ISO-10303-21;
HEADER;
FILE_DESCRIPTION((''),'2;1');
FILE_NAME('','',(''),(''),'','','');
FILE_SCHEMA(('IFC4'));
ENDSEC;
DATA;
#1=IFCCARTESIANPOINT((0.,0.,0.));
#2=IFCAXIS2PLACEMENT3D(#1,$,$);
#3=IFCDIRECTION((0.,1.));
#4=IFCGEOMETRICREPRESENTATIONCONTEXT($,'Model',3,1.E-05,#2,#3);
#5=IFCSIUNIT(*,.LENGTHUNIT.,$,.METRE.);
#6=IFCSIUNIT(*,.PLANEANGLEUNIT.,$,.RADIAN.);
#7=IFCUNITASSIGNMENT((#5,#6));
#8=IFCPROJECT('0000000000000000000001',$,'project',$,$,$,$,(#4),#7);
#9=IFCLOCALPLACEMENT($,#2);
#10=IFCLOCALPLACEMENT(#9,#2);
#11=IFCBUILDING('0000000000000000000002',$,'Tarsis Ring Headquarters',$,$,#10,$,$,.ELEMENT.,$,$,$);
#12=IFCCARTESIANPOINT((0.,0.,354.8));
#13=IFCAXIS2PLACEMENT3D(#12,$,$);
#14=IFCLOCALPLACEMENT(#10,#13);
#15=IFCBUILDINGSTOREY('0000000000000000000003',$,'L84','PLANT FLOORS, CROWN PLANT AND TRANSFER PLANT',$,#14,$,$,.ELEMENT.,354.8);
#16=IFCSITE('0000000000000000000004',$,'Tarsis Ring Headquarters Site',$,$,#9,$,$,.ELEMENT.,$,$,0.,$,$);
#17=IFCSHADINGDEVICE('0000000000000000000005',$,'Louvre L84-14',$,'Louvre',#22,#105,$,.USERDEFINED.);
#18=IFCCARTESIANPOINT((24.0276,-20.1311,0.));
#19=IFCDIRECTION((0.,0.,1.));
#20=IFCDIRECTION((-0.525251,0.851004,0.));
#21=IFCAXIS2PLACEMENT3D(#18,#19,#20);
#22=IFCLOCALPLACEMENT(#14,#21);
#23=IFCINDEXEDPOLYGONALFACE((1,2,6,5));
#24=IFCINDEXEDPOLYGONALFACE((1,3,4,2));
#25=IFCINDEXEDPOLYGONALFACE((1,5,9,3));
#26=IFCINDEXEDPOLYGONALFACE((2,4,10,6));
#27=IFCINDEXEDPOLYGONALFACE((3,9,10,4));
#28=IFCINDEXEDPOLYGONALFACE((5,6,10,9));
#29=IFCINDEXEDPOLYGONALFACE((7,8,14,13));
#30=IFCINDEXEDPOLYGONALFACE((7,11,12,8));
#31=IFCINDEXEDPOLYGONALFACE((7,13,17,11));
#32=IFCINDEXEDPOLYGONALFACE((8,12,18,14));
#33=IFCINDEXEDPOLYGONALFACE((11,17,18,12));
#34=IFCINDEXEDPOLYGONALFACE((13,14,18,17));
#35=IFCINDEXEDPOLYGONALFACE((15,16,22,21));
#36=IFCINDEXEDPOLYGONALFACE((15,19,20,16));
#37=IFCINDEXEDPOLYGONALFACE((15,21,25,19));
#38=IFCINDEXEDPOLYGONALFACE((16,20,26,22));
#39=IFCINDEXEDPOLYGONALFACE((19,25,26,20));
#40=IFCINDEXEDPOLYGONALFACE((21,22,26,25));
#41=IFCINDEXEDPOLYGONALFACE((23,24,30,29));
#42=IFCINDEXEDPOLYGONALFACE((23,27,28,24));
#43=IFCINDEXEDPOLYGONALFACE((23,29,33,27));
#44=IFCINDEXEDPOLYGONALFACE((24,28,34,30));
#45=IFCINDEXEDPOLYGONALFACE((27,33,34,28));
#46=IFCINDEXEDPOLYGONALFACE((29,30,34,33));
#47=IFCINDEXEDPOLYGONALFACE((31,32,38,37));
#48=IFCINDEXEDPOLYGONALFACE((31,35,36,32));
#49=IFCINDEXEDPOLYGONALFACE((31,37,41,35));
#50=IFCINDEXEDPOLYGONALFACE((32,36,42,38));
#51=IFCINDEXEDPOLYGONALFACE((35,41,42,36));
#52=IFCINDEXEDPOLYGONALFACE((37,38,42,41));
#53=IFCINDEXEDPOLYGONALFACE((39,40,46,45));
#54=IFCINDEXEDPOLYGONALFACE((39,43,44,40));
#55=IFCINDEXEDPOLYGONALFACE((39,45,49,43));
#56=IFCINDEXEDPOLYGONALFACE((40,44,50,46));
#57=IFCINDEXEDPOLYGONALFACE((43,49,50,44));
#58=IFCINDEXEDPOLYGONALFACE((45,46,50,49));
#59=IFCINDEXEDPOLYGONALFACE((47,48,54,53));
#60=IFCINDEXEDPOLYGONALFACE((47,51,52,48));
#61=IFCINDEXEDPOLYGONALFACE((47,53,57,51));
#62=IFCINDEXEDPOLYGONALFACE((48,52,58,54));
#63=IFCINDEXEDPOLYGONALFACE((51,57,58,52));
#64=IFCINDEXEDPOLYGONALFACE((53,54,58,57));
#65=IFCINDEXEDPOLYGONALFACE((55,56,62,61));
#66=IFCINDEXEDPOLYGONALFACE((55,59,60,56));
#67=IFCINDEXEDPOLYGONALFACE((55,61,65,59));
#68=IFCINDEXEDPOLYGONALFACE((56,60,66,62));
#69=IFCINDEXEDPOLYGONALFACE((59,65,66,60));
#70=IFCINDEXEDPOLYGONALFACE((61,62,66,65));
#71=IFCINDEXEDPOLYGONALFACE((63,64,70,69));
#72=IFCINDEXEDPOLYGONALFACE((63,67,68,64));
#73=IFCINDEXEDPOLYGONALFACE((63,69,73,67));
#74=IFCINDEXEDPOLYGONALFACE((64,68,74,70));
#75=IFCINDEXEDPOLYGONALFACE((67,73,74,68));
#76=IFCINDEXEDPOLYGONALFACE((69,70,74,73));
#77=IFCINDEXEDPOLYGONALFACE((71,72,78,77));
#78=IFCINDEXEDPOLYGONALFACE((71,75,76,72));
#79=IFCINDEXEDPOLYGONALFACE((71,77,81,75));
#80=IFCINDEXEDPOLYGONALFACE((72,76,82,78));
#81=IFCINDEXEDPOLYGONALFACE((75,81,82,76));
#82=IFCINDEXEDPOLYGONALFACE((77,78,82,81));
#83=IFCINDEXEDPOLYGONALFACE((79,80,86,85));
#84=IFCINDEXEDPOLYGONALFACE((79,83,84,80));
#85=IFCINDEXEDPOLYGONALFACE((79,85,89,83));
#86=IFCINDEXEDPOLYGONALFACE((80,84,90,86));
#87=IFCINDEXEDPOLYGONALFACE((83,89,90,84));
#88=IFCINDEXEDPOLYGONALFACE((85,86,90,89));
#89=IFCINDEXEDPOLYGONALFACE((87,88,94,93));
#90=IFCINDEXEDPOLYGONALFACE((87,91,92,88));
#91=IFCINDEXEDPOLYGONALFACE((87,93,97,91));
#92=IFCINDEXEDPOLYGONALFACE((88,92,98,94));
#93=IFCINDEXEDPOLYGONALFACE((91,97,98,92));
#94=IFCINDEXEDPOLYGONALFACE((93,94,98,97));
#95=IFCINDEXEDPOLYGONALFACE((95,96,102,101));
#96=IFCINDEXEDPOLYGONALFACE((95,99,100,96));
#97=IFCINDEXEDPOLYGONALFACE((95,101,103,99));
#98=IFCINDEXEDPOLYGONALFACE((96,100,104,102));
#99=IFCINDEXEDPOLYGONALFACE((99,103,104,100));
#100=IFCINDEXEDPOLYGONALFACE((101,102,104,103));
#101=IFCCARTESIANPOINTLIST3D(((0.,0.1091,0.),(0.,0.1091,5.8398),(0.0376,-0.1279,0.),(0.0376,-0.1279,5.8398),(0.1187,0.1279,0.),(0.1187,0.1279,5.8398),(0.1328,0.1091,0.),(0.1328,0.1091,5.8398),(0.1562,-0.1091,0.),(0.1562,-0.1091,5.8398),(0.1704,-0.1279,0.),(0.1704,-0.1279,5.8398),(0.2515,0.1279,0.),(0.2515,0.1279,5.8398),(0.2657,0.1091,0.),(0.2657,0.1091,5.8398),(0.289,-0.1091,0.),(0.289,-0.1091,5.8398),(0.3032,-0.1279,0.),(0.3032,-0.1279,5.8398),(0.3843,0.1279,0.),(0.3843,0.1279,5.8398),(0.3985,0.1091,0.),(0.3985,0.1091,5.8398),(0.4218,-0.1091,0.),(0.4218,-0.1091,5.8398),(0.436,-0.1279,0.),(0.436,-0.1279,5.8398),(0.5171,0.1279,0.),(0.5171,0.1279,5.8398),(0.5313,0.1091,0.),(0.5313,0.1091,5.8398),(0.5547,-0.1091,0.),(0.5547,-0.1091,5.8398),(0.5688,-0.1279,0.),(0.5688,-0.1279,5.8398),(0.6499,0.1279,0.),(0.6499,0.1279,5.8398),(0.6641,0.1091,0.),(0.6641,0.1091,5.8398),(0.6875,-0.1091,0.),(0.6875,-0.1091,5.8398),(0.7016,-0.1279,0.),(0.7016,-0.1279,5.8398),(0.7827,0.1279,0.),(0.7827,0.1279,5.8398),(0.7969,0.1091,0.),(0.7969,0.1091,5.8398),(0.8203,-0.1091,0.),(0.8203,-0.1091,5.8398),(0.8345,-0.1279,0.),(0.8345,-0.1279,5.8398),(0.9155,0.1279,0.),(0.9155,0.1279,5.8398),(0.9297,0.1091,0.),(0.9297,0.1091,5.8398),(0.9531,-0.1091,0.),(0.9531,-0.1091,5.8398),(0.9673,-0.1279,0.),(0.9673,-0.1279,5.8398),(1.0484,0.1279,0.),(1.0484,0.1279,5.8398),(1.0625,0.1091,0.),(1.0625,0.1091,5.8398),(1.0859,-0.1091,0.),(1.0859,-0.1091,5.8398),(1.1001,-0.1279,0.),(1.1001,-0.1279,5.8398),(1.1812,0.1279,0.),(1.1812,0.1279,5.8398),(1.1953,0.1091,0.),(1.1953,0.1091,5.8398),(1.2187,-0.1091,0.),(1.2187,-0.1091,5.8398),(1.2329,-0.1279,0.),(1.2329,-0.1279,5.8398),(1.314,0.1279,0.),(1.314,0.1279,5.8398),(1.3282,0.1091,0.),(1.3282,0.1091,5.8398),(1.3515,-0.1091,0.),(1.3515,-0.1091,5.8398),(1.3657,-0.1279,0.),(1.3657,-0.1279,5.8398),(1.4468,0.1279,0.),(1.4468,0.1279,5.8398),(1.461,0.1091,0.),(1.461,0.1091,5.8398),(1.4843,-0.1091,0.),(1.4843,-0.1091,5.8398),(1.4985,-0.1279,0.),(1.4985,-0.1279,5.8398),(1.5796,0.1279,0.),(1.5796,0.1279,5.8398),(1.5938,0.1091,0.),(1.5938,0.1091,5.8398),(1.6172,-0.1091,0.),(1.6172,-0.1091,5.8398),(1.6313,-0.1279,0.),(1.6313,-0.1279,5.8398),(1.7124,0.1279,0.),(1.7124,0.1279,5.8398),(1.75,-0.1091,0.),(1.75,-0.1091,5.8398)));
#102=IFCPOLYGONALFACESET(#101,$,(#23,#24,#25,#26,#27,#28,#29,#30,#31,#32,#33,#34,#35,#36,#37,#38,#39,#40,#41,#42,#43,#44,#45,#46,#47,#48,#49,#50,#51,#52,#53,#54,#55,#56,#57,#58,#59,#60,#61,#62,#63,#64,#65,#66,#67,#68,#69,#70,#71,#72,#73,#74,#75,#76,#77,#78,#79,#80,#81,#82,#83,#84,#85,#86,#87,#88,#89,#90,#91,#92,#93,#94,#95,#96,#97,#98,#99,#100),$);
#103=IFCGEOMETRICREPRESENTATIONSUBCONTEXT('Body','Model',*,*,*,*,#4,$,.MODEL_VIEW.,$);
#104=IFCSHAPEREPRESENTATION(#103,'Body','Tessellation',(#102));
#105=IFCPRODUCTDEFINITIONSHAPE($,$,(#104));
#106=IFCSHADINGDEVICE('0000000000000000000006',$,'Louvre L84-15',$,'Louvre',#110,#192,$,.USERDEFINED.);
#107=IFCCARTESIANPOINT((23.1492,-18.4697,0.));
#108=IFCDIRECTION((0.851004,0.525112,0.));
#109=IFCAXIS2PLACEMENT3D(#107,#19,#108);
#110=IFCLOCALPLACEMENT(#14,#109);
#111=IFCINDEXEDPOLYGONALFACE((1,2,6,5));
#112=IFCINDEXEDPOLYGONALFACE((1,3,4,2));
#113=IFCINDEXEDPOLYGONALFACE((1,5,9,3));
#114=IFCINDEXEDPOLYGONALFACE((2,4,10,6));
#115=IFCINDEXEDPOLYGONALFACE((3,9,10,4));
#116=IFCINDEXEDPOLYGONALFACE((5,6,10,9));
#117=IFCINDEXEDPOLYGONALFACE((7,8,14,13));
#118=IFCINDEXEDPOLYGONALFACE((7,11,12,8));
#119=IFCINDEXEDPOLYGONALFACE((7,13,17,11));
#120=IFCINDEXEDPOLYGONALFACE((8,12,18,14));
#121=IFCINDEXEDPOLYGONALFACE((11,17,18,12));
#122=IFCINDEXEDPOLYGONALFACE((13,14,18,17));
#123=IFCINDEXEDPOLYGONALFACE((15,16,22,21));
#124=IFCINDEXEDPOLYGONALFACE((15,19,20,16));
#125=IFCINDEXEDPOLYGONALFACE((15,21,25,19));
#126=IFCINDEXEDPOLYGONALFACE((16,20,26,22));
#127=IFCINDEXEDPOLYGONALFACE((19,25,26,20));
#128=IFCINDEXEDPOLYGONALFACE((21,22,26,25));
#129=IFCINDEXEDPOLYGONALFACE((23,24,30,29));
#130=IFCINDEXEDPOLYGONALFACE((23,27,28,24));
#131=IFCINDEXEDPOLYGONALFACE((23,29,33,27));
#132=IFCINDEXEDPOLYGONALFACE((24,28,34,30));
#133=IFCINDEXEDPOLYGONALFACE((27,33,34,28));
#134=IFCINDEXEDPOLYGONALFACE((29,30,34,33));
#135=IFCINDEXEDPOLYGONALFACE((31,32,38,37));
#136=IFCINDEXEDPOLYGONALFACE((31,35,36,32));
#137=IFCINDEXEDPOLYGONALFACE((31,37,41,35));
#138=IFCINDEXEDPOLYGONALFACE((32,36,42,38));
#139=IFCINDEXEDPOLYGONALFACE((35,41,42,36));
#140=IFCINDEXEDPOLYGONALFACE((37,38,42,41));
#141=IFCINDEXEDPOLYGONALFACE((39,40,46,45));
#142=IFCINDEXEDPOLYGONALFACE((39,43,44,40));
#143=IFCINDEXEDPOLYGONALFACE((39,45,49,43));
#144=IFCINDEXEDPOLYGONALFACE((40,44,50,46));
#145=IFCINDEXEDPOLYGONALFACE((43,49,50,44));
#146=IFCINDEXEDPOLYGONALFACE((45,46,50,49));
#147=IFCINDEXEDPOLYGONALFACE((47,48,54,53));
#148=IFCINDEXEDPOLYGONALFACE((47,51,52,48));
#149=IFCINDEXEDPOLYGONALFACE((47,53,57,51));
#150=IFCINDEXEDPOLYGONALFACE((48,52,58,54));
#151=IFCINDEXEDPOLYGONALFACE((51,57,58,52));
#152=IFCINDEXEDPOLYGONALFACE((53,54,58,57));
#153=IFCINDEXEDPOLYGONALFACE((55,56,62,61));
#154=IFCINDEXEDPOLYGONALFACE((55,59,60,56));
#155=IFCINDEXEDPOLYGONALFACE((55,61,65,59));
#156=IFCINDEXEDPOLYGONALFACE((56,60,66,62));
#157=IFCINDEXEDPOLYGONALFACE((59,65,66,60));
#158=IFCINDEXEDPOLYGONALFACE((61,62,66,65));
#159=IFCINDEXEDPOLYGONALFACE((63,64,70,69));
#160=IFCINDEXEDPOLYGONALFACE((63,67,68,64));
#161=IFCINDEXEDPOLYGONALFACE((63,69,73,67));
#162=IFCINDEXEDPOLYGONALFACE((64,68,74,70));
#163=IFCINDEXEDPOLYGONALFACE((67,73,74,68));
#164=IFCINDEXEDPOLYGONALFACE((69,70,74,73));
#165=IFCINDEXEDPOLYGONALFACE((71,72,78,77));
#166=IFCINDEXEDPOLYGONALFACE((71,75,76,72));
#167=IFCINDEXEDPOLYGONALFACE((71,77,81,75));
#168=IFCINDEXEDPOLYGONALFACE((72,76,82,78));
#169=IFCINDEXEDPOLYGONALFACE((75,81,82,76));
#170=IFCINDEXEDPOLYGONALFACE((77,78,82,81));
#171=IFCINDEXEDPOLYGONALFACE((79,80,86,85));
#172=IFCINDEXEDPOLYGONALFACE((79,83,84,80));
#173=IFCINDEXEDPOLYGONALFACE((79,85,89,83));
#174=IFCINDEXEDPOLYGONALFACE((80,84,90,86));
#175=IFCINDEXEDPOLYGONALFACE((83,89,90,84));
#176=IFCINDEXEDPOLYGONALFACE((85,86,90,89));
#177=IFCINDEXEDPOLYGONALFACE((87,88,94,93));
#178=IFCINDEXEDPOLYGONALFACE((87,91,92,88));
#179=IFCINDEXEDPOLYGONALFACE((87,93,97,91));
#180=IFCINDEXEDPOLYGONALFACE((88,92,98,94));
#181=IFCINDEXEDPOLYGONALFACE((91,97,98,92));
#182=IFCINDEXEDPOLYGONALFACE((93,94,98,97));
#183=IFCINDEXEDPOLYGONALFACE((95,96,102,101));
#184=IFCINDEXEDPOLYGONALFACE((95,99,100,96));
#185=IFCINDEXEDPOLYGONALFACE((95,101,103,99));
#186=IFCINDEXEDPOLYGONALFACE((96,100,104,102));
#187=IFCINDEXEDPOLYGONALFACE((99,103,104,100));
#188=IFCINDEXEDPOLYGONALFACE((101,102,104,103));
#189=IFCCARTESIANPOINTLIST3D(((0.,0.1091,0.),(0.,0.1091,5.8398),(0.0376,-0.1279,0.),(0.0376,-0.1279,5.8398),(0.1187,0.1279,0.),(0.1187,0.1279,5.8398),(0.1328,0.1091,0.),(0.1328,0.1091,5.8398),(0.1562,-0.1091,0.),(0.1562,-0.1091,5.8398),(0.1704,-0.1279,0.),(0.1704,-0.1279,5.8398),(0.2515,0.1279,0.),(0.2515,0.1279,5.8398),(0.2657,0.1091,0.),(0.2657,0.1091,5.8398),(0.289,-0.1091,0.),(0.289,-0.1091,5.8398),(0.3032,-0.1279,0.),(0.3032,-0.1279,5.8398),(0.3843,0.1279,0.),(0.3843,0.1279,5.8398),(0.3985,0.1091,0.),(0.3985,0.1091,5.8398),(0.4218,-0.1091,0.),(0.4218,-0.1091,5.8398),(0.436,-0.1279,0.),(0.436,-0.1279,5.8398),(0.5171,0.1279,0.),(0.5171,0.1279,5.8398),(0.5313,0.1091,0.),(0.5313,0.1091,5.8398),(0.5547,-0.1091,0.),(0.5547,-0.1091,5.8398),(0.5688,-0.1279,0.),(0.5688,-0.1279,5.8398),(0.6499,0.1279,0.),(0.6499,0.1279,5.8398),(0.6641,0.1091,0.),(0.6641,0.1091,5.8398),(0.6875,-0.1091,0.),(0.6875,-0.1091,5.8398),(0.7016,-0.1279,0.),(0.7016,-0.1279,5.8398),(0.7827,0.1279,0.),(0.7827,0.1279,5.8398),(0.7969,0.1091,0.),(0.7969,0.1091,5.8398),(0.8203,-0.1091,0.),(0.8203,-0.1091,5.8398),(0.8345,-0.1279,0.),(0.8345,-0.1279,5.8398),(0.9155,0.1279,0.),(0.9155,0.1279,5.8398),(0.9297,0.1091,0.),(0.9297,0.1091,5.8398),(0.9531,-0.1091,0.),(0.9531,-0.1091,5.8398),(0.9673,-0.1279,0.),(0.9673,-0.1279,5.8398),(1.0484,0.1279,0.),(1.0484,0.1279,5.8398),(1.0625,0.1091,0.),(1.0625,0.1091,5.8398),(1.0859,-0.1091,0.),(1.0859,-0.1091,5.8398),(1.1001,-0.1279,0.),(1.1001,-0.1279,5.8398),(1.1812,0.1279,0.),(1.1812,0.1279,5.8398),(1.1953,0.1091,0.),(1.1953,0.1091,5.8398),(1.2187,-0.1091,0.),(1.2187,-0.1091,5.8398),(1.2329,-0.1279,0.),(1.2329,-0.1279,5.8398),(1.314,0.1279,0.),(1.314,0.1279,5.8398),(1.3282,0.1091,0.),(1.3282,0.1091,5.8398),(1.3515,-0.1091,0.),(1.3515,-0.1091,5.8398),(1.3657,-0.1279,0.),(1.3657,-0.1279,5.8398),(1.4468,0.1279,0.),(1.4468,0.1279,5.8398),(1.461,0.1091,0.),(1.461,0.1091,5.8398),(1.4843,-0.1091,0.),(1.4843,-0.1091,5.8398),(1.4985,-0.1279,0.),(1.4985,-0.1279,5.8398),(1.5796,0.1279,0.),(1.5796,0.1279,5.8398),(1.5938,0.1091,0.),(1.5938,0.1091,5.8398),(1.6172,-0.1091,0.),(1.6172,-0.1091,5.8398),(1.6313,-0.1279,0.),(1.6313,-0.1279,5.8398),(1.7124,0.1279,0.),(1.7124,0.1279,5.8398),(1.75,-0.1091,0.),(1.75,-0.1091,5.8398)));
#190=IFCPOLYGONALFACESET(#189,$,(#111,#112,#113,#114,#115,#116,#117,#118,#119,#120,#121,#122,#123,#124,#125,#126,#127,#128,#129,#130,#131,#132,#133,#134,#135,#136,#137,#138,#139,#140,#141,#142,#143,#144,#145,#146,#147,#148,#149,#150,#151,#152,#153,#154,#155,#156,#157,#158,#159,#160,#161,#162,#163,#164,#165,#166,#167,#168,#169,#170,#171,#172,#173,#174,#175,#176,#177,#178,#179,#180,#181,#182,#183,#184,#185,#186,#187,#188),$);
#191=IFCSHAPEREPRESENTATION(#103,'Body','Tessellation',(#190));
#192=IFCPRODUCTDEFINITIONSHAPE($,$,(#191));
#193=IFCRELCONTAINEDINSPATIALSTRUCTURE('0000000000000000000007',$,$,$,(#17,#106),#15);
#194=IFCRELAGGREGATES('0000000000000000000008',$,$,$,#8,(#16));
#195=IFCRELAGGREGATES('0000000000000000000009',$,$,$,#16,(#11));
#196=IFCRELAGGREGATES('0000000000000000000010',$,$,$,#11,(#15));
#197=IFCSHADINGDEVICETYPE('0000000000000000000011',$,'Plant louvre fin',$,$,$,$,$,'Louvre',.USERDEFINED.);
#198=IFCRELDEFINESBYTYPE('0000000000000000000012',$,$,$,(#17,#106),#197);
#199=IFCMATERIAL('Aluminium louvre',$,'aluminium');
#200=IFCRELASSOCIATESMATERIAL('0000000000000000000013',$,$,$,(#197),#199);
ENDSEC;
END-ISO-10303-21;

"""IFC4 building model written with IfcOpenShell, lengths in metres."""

from ifc_helpers import new_model, si_unit, direction, frame, frame_2d, origin, place, context, subcontext, project, spatial, rectangle, composite_profile, extrude, material, type_object, element, save


model = new_model("IFC4")

# Units and contexts
model_context = context("Model", 3, precision=1e-05, world=origin(), true_north=direction((0.0, 1.0)))
body_context = subcontext(model_context, "Body", "Model", "MODEL_VIEW")
ifc_project = project(units=[si_unit("LENGTHUNIT", "METRE"), si_unit("PLANEANGLEUNIT", "RADIAN")], contexts=[model_context])

# Site, building, storey
site_placement = place(None, origin())
site = spatial("IfcSite", under=ifc_project, at=site_placement, Name="Tarsis Ring Headquarters Site", CompositionType="ELEMENT", RefElevation=0.0)
building_placement = place(site_placement, origin())
building = spatial("IfcBuilding", under=site, at=building_placement, Name="Tarsis Ring Headquarters", CompositionType="ELEMENT")
storey_placement = place(building_placement, frame((0.0, 0.0, 354.8)))
storey = spatial("IfcBuildingStorey", under=building, at=storey_placement, Name="L84", Description="PLANT FLOORS, CROWN PLANT AND TRANSFER PLANT", CompositionType="ELEMENT", Elevation=354.8)

# Shading devices
ifc_material_1 = material(Name="Aluminium louvre", Category="aluminium")
shading_device_type_1 = type_object("IfcShadingDeviceType", Name="Plant louvre fin", ElementType="Louvre", PredefinedType="USERDEFINED", material=ifc_material_1)
for number, where, z_axis, x_axis, name in (
    (1, (24.0276, -20.1311, 0.0), (0.0, 0.0, 1.0), (-0.525251, 0.851004, 0.0), "Louvre L84-14"),
    (2, (23.1492, -18.4697, 0.0), (0.0, 0.0, 1.0), (0.851004, 0.525112, 0.0), "Louvre L84-15"),
):
    element("IfcShadingDevice", number, at=place(storey_placement, frame(where, z_axis=z_axis, x_axis=x_axis)), inside=storey, type_object=shading_device_type_1, Name=name, ObjectType="Louvre", PredefinedType="USERDEFINED", context=body_context, shape_type="SweptSolid", body=[
        extrude(composite_profile([rectangle(XDim=0.1201, YDim=0.24, at=frame_2d((0.0781, 0.0), x_axis=(0.987688, 0.156434))), rectangle(XDim=0.1201, YDim=0.24, at=frame_2d((0.2109, 0.0), x_axis=(0.987688, 0.156434))), rectangle(XDim=0.1201, YDim=0.24, at=frame_2d((0.3438, 0.0), x_axis=(0.987688, 0.156434))), rectangle(XDim=0.1201, YDim=0.24, at=frame_2d((0.4766, 0.0), x_axis=(0.987688, 0.156434))), rectangle(XDim=0.1201, YDim=0.24, at=frame_2d((0.6094, 0.0), x_axis=(0.987688, 0.156434))), rectangle(XDim=0.1201, YDim=0.24, at=frame_2d((0.7422, 0.0), x_axis=(0.987688, 0.156434))), rectangle(XDim=0.1201, YDim=0.24, at=frame_2d((0.875, 0.0), x_axis=(0.987688, 0.156434))), rectangle(XDim=0.1201, YDim=0.24, at=frame_2d((1.0078, 0.0), x_axis=(0.987688, 0.156434))), rectangle(XDim=0.1201, YDim=0.24, at=frame_2d((1.1406, 0.0), x_axis=(0.987688, 0.156434))), rectangle(XDim=0.1201, YDim=0.24, at=frame_2d((1.2734, 0.0), x_axis=(0.987688, 0.156434))), rectangle(XDim=0.1201, YDim=0.24, at=frame_2d((1.4062, 0.0), x_axis=(0.987688, 0.156434))), rectangle(XDim=0.1201, YDim=0.24, at=frame_2d((1.5391, 0.0), x_axis=(0.987688, 0.156434))), rectangle(XDim=0.1201, YDim=0.24, at=frame_2d((1.6719, 0.0), x_axis=(0.987688, 0.156434)))]), origin(), (0.0, 0.0, 1.0), 5.8398),
    ])

save(model, "model.ifc")
